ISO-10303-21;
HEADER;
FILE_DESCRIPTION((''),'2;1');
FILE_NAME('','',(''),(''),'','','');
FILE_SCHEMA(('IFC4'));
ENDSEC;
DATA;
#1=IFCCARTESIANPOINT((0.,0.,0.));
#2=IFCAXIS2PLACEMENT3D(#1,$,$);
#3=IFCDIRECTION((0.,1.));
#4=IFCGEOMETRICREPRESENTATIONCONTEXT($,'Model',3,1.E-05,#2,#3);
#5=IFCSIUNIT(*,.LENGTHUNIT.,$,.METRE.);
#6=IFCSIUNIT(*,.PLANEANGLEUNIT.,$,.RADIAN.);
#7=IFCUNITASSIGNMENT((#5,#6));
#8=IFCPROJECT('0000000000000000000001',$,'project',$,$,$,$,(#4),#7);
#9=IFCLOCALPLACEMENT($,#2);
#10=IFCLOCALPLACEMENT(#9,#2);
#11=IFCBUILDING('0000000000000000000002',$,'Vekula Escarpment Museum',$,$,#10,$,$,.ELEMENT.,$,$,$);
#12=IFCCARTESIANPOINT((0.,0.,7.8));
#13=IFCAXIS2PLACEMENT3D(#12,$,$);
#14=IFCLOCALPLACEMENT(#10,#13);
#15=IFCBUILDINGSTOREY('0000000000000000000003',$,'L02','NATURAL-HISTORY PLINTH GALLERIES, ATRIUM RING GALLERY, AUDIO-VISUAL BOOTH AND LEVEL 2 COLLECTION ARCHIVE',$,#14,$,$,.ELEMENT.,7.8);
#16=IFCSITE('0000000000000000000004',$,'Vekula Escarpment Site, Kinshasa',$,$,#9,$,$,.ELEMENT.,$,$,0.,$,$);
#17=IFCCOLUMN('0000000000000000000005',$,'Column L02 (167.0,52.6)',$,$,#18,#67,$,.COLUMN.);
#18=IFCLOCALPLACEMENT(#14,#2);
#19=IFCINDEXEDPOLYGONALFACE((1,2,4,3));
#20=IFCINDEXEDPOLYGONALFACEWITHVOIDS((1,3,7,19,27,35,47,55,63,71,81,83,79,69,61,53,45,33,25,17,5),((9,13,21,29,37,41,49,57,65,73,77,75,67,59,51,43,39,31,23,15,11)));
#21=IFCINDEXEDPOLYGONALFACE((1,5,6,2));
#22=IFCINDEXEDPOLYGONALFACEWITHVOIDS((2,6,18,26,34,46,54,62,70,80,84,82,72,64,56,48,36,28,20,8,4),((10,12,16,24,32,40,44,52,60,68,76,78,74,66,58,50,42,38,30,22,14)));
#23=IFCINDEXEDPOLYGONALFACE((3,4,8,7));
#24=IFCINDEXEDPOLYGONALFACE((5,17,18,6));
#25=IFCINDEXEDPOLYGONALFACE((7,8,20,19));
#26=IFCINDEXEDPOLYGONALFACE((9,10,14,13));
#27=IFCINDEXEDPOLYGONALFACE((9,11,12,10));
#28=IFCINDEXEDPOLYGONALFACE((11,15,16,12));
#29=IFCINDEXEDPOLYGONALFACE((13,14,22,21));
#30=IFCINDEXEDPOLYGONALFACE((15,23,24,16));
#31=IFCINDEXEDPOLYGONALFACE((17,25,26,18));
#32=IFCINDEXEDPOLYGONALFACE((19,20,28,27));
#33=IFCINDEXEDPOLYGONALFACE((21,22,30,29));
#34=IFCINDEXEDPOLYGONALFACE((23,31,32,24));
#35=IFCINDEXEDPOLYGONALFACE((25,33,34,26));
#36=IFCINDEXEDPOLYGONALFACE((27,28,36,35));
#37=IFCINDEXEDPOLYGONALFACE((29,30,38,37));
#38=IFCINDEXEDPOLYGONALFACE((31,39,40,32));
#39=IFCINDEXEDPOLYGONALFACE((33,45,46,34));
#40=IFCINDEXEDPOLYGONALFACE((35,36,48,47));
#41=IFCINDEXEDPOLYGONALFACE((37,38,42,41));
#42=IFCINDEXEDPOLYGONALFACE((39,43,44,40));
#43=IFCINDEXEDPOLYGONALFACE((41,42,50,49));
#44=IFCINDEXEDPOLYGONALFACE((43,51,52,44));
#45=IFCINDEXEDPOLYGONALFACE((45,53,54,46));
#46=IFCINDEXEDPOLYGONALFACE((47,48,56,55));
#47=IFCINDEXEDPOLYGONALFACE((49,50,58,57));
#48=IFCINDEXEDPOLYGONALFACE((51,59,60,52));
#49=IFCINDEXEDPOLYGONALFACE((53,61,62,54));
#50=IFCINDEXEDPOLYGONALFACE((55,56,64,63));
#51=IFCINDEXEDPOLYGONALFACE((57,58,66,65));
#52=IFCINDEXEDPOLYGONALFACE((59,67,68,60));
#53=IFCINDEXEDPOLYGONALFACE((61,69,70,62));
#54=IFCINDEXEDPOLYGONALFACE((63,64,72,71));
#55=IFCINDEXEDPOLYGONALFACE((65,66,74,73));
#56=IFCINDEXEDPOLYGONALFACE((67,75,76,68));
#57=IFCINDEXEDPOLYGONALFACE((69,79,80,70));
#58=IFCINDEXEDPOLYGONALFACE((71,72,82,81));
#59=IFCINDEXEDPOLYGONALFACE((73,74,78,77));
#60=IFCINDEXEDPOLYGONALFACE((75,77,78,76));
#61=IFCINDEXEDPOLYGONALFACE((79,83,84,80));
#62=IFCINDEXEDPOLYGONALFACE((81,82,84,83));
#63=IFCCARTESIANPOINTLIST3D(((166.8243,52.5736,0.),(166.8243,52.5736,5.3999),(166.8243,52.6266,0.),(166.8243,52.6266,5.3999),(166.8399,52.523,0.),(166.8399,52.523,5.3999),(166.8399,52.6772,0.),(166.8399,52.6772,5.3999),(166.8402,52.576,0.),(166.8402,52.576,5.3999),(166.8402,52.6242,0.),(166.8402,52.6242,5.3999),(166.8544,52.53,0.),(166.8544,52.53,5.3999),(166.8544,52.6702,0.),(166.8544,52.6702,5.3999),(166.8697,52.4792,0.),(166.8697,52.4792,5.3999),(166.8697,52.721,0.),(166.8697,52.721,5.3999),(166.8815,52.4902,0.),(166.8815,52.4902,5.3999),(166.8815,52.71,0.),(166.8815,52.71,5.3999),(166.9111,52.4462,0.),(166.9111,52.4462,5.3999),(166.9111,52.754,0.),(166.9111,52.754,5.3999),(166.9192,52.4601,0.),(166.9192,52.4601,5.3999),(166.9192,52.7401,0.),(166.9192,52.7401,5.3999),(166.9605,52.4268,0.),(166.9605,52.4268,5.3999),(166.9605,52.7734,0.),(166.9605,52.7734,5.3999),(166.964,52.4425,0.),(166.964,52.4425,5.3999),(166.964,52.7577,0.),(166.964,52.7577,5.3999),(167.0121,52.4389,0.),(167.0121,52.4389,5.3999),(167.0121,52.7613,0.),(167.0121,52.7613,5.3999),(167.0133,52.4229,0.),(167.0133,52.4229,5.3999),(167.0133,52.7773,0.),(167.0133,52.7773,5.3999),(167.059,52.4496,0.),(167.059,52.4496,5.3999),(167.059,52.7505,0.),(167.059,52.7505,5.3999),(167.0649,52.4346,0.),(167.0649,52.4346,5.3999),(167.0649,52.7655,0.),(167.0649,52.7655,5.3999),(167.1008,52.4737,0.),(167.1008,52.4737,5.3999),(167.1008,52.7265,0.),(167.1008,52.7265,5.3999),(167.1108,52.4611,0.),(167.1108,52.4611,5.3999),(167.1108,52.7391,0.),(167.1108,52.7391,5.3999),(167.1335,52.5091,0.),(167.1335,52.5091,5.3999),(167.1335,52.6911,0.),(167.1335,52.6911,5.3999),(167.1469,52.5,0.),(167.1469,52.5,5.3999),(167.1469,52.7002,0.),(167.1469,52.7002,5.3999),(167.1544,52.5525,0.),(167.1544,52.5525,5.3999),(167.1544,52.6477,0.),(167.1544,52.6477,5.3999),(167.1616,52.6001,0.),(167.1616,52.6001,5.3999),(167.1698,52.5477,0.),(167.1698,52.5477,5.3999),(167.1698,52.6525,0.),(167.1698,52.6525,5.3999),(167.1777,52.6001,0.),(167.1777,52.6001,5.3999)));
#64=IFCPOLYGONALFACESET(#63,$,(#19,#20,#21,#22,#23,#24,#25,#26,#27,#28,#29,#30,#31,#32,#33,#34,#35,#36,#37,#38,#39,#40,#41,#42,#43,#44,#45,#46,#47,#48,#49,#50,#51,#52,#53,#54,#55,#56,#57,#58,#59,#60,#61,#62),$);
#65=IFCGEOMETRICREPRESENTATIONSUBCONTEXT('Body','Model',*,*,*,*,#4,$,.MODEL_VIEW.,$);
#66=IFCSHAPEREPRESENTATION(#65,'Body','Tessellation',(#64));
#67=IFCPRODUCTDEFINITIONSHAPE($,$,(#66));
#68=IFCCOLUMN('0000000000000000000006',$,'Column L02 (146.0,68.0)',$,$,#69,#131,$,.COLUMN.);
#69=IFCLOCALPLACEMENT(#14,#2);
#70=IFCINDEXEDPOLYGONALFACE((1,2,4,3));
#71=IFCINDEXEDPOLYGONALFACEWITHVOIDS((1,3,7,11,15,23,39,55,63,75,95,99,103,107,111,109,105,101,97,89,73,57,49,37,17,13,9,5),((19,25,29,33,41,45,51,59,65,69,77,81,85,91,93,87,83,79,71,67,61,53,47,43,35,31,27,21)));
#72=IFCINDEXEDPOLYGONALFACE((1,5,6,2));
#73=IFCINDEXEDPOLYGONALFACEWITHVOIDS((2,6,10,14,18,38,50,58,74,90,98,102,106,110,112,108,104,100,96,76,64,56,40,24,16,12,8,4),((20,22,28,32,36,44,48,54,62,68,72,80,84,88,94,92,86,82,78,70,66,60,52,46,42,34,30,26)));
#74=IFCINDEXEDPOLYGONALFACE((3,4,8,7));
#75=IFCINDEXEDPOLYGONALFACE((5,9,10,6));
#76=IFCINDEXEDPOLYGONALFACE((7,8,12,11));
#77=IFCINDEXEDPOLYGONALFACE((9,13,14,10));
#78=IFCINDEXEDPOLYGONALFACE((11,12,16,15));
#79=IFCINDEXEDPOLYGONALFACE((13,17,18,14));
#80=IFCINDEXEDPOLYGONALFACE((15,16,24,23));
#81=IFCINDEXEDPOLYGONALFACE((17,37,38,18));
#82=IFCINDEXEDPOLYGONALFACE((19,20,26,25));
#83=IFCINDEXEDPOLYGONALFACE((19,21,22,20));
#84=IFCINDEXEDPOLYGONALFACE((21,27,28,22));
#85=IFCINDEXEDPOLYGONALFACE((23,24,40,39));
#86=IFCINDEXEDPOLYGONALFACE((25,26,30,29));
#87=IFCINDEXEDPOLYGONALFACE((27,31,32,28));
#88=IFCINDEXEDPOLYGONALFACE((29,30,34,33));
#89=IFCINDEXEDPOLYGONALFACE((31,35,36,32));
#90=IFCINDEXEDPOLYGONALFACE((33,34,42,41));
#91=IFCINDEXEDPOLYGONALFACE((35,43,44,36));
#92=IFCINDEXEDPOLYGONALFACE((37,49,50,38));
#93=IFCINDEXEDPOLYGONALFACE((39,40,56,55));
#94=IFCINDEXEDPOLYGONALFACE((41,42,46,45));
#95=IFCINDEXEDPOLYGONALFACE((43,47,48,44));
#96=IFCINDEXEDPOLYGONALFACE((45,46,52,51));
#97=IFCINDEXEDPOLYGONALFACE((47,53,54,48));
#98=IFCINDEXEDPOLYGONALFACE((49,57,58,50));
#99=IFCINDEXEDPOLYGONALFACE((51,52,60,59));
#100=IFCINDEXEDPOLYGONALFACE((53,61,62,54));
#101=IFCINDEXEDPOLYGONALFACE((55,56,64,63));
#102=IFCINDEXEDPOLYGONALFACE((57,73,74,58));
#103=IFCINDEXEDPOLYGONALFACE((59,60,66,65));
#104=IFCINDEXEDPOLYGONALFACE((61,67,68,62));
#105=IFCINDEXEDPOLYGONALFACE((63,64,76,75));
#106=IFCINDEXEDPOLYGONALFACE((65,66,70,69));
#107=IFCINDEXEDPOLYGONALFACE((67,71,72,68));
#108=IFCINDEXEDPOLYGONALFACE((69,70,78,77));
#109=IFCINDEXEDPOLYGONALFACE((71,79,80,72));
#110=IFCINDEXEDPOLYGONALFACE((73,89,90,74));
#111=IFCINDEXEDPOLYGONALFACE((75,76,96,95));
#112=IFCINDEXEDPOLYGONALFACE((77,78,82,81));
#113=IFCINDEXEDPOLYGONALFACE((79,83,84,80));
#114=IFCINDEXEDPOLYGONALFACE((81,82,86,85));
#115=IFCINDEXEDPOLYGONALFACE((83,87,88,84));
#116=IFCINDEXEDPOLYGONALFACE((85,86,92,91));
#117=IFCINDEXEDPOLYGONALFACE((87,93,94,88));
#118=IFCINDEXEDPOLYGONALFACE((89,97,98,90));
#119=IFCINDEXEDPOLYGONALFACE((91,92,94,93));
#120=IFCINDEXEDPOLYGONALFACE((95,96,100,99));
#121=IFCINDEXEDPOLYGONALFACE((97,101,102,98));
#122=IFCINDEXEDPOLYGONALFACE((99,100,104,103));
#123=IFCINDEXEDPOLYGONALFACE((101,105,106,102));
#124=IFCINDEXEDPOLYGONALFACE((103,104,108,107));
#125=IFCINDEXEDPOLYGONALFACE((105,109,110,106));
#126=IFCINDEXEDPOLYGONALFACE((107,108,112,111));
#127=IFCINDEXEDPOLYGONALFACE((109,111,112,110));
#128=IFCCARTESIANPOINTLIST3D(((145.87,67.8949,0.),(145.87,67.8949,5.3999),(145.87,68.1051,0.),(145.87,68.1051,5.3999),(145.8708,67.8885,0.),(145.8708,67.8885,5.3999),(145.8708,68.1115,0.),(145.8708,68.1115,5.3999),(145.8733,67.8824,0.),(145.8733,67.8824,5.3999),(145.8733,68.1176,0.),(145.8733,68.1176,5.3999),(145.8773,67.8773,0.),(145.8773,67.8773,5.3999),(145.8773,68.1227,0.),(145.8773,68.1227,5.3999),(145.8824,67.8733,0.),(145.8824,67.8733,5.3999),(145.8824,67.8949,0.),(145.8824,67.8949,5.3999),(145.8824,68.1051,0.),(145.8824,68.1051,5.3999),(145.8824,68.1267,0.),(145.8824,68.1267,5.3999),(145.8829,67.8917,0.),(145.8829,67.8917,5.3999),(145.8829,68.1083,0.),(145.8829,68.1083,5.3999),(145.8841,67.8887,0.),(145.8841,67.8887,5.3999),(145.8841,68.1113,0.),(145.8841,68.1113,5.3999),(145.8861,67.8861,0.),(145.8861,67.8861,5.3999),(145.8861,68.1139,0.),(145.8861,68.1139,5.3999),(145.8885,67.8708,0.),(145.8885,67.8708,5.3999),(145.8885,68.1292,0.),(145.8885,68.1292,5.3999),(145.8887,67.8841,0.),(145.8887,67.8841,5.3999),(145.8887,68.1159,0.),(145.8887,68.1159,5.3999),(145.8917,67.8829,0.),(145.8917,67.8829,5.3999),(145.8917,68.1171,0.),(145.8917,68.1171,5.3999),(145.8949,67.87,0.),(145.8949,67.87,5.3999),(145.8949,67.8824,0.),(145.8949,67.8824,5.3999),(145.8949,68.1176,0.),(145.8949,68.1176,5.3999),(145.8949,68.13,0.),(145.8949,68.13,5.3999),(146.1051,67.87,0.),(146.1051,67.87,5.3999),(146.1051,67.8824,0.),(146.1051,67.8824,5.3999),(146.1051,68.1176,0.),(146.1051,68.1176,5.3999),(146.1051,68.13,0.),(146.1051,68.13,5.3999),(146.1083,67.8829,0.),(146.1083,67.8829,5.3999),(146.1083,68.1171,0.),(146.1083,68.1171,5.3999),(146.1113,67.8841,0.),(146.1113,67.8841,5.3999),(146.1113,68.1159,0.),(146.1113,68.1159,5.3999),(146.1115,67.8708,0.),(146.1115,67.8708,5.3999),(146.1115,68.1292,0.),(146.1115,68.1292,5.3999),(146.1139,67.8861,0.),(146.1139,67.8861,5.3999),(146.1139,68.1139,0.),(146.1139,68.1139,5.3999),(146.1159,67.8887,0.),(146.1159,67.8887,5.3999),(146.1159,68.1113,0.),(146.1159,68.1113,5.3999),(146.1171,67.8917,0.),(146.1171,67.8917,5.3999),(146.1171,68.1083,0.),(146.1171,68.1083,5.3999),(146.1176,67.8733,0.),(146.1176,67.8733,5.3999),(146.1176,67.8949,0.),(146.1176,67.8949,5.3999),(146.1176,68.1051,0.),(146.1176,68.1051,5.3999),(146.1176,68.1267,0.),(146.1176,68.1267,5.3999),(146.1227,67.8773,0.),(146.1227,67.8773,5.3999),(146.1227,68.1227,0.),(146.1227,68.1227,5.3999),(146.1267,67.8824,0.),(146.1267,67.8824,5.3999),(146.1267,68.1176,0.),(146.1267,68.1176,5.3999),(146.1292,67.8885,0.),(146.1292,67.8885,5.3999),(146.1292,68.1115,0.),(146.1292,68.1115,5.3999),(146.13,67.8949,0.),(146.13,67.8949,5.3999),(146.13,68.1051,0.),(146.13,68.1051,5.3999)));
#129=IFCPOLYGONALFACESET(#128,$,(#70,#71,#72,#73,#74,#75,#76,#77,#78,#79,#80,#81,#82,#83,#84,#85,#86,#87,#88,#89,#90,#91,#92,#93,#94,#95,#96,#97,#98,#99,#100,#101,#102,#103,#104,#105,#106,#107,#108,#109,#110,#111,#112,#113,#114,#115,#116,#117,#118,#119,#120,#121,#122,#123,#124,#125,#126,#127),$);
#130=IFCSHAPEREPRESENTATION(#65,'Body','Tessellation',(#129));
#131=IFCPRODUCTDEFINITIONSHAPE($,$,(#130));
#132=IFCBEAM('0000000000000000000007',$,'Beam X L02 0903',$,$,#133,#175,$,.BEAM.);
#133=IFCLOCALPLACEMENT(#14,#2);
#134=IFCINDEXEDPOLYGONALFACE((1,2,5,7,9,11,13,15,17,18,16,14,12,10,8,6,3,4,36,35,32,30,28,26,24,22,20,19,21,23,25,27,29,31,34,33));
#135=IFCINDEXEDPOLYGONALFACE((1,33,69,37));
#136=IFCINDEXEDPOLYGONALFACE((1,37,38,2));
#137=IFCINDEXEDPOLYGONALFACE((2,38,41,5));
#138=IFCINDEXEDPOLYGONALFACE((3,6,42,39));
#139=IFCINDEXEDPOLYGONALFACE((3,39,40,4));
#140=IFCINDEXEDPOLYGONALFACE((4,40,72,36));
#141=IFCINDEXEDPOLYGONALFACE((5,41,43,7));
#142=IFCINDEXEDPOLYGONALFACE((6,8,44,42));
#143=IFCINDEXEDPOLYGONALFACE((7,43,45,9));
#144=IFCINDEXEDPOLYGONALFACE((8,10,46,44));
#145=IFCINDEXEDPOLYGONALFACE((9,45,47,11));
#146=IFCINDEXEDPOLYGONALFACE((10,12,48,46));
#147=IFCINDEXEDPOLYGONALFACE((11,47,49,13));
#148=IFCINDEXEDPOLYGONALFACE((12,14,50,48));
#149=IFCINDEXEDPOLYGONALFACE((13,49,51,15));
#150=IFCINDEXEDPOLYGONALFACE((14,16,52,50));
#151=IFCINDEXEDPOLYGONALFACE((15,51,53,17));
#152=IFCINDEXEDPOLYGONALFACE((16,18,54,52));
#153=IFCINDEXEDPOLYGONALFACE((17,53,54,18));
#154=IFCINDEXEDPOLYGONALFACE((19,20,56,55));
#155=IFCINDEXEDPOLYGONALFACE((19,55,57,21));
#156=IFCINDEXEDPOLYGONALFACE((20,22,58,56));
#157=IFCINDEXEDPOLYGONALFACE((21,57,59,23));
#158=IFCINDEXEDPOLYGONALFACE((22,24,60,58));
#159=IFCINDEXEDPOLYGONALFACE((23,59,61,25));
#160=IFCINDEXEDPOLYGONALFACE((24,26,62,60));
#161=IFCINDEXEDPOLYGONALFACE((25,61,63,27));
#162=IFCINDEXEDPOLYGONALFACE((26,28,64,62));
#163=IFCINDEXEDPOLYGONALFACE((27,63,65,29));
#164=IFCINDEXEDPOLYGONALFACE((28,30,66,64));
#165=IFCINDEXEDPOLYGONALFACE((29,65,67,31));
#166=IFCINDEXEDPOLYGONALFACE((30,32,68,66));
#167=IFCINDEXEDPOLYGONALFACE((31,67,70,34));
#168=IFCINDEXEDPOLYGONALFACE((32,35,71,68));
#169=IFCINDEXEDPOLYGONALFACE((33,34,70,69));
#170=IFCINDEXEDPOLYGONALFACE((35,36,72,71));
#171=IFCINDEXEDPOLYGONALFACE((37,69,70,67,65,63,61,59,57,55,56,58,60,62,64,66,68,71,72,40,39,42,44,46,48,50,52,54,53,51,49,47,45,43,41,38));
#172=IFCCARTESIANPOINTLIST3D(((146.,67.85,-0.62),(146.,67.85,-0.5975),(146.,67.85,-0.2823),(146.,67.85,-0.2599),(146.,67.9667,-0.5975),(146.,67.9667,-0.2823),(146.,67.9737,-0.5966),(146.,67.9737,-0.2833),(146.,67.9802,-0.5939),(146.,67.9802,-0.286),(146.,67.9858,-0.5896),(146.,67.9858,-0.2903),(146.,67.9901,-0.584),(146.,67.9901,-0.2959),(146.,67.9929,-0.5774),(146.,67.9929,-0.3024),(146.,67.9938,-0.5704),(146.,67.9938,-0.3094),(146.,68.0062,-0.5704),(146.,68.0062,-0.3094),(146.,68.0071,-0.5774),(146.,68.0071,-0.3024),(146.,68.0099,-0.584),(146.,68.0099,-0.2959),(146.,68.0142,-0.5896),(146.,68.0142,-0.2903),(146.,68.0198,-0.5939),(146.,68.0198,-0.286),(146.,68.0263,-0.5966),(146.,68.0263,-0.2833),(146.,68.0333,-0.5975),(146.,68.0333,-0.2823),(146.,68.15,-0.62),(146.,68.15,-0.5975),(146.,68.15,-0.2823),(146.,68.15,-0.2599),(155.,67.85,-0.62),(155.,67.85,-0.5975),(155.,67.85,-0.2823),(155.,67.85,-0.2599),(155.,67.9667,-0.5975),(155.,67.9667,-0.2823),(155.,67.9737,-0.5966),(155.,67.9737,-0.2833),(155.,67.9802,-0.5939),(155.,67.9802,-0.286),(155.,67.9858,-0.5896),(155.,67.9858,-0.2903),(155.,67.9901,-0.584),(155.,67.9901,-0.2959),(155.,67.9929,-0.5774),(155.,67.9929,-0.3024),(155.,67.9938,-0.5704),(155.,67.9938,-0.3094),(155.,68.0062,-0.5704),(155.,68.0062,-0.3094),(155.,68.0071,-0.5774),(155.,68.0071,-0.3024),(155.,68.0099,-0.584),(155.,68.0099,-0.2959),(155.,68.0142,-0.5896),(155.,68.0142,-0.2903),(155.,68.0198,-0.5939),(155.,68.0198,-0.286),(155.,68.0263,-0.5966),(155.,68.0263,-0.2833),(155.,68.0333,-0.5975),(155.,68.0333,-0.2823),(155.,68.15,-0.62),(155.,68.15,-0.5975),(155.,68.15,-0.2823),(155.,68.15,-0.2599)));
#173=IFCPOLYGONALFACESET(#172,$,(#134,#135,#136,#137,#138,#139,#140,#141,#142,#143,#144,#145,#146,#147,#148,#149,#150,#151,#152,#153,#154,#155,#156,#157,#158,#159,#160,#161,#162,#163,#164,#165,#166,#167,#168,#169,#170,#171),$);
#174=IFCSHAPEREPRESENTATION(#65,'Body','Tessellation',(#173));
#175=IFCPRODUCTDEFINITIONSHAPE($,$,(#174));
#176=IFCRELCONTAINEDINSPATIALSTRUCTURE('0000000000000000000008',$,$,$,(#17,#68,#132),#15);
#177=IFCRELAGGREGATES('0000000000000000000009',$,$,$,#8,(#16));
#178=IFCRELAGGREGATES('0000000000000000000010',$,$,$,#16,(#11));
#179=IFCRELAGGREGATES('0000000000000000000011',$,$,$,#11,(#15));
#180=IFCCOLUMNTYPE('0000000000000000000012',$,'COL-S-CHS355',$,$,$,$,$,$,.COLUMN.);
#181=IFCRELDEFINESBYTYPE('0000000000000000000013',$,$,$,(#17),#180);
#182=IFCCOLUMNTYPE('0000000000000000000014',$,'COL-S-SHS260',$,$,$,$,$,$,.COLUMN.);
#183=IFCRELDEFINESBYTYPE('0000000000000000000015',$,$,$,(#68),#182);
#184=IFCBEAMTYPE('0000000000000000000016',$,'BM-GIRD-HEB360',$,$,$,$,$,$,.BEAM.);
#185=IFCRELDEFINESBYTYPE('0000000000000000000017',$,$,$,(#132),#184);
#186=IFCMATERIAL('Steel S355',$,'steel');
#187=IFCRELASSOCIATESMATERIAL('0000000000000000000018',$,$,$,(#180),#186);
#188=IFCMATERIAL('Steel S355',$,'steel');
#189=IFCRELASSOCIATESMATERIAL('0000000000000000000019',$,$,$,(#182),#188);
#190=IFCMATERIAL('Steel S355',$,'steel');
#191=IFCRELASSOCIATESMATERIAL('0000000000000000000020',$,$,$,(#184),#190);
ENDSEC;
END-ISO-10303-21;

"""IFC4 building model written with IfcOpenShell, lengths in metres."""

from ifc_helpers import new_model, si_unit, direction, frame, origin, origin_2d, place, context, subcontext, project, spatial, hollow_rectangle, hollow_circle, i_section, extrude, material, material_profile, profile_set, type_object, element, save


model = new_model("IFC4")

# Units and contexts
model_context = context("Model", 3, precision=1e-05, world=origin(), true_north=direction((0.0, 1.0)))
body_context = subcontext(model_context, "Body", "Model", "MODEL_VIEW")
ifc_project = project(units=[si_unit("LENGTHUNIT", "METRE"), si_unit("PLANEANGLEUNIT", "RADIAN")], contexts=[model_context])

# Site, building, storey
site_placement = place(None, origin())
site = spatial("IfcSite", under=ifc_project, at=site_placement, Name="Vekula Escarpment Site, Kinshasa", CompositionType="ELEMENT", RefElevation=0.0)
building_placement = place(site_placement, origin())
building = spatial("IfcBuilding", under=site, at=building_placement, Name="Vekula Escarpment Museum", CompositionType="ELEMENT")
storey_placement = place(building_placement, frame((0.0, 0.0, 7.8)))
storey = spatial("IfcBuildingStorey", under=building, at=storey_placement, Name="L02", Description="NATURAL-HISTORY PLINTH GALLERIES, ATRIUM RING GALLERY, AUDIO-VISUAL BOOTH AND LEVEL 2 COLLECTION ARCHIVE", CompositionType="ELEMENT", Elevation=7.8)

# Columns
ifc_material_1 = material(Name="Steel S355", Category="steel")
ifc_material_profile_1 = material_profile(ifc_material_1, hollow_circle(Radius=0.1777, WallThickness=0.0161, at=origin_2d()), Name="CHS 355.6x16")
ifc_profile_set_1 = profile_set([ifc_material_profile_1], Name="Steel S355")
column_type_1 = type_object("IfcColumnType", Name="COL-S-CHS355", PredefinedType="COLUMN", material=ifc_profile_set_1)
column_1_placement = place(storey_placement, frame((167.0, 52.6001, 0.0), z_axis=(0.0, 0.0, 1.0), x_axis=(1.0, 0.0, 0.0)))
element("IfcColumn", 1, at=column_1_placement, inside=storey, type_object=column_type_1, Name="Column L02 (167.0,52.6)", PredefinedType="COLUMN", context=body_context, shape_type="SweptSolid", body=[
    extrude(hollow_circle(Radius=0.1777, WallThickness=0.0161, at=origin_2d()), origin(), (0.0, 0.0, 1.0), 5.3999),
])
ifc_material_2 = material(Name="Steel S355", Category="steel")
ifc_material_profile_2 = material_profile(ifc_material_2, hollow_rectangle(XDim=0.26, YDim=0.26, WallThickness=0.0125, InnerFilletRadius=0.0125, OuterFilletRadius=0.0249, at=origin_2d()), Name="SHS 260x260x12.5")
ifc_profile_set_2 = profile_set([ifc_material_profile_2], Name="Steel S355")
column_type_2 = type_object("IfcColumnType", Name="COL-S-SHS260", PredefinedType="COLUMN", material=ifc_profile_set_2)
column_2_placement = place(storey_placement, frame((146.0, 68.0, 0.0), z_axis=(0.0, 0.0, 1.0), x_axis=(1.0, 0.0, 0.0)))
element("IfcColumn", 2, at=column_2_placement, inside=storey, type_object=column_type_2, Name="Column L02 (146.0,68.0)", PredefinedType="COLUMN", context=body_context, shape_type="SweptSolid", body=[
    extrude(hollow_rectangle(XDim=0.26, YDim=0.26, WallThickness=0.0125, InnerFilletRadius=0.0125, OuterFilletRadius=0.0249, at=origin_2d()), origin(), (0.0, 0.0, 1.0), 5.3999),
])

# Beam
ifc_material_3 = material(Name="Steel S355", Category="steel")
ifc_material_profile_3 = material_profile(ifc_material_3, i_section(OverallWidth=0.3, OverallDepth=0.3601, WebThickness=0.0125, FlangeThickness=0.0225, FilletRadius=0.0271, at=origin_2d()), Name="HEB 360")
ifc_profile_set_3 = profile_set([ifc_material_profile_3], Name="Steel S355")
beam_type_1 = type_object("IfcBeamType", Name="BM-GIRD-HEB360", PredefinedType="BEAM", material=ifc_profile_set_3)
beam_1_placement = place(storey_placement, frame((146.0, 68.0, -0.4399), z_axis=(1.0, 0.0, 0.0), x_axis=(0.0, 1.0, 0.0)))
element("IfcBeam", 3, at=beam_1_placement, inside=storey, type_object=beam_type_1, Name="Beam X L02 0903", PredefinedType="BEAM", context=body_context, shape_type="SweptSolid", body=[
    extrude(i_section(OverallWidth=0.3, OverallDepth=0.3601, WebThickness=0.0125, FlangeThickness=0.0225, FilletRadius=0.0271, at=origin_2d()), origin(), (0.0, 0.0, 1.0), 9.0),
])

save(model, "model.ifc")
